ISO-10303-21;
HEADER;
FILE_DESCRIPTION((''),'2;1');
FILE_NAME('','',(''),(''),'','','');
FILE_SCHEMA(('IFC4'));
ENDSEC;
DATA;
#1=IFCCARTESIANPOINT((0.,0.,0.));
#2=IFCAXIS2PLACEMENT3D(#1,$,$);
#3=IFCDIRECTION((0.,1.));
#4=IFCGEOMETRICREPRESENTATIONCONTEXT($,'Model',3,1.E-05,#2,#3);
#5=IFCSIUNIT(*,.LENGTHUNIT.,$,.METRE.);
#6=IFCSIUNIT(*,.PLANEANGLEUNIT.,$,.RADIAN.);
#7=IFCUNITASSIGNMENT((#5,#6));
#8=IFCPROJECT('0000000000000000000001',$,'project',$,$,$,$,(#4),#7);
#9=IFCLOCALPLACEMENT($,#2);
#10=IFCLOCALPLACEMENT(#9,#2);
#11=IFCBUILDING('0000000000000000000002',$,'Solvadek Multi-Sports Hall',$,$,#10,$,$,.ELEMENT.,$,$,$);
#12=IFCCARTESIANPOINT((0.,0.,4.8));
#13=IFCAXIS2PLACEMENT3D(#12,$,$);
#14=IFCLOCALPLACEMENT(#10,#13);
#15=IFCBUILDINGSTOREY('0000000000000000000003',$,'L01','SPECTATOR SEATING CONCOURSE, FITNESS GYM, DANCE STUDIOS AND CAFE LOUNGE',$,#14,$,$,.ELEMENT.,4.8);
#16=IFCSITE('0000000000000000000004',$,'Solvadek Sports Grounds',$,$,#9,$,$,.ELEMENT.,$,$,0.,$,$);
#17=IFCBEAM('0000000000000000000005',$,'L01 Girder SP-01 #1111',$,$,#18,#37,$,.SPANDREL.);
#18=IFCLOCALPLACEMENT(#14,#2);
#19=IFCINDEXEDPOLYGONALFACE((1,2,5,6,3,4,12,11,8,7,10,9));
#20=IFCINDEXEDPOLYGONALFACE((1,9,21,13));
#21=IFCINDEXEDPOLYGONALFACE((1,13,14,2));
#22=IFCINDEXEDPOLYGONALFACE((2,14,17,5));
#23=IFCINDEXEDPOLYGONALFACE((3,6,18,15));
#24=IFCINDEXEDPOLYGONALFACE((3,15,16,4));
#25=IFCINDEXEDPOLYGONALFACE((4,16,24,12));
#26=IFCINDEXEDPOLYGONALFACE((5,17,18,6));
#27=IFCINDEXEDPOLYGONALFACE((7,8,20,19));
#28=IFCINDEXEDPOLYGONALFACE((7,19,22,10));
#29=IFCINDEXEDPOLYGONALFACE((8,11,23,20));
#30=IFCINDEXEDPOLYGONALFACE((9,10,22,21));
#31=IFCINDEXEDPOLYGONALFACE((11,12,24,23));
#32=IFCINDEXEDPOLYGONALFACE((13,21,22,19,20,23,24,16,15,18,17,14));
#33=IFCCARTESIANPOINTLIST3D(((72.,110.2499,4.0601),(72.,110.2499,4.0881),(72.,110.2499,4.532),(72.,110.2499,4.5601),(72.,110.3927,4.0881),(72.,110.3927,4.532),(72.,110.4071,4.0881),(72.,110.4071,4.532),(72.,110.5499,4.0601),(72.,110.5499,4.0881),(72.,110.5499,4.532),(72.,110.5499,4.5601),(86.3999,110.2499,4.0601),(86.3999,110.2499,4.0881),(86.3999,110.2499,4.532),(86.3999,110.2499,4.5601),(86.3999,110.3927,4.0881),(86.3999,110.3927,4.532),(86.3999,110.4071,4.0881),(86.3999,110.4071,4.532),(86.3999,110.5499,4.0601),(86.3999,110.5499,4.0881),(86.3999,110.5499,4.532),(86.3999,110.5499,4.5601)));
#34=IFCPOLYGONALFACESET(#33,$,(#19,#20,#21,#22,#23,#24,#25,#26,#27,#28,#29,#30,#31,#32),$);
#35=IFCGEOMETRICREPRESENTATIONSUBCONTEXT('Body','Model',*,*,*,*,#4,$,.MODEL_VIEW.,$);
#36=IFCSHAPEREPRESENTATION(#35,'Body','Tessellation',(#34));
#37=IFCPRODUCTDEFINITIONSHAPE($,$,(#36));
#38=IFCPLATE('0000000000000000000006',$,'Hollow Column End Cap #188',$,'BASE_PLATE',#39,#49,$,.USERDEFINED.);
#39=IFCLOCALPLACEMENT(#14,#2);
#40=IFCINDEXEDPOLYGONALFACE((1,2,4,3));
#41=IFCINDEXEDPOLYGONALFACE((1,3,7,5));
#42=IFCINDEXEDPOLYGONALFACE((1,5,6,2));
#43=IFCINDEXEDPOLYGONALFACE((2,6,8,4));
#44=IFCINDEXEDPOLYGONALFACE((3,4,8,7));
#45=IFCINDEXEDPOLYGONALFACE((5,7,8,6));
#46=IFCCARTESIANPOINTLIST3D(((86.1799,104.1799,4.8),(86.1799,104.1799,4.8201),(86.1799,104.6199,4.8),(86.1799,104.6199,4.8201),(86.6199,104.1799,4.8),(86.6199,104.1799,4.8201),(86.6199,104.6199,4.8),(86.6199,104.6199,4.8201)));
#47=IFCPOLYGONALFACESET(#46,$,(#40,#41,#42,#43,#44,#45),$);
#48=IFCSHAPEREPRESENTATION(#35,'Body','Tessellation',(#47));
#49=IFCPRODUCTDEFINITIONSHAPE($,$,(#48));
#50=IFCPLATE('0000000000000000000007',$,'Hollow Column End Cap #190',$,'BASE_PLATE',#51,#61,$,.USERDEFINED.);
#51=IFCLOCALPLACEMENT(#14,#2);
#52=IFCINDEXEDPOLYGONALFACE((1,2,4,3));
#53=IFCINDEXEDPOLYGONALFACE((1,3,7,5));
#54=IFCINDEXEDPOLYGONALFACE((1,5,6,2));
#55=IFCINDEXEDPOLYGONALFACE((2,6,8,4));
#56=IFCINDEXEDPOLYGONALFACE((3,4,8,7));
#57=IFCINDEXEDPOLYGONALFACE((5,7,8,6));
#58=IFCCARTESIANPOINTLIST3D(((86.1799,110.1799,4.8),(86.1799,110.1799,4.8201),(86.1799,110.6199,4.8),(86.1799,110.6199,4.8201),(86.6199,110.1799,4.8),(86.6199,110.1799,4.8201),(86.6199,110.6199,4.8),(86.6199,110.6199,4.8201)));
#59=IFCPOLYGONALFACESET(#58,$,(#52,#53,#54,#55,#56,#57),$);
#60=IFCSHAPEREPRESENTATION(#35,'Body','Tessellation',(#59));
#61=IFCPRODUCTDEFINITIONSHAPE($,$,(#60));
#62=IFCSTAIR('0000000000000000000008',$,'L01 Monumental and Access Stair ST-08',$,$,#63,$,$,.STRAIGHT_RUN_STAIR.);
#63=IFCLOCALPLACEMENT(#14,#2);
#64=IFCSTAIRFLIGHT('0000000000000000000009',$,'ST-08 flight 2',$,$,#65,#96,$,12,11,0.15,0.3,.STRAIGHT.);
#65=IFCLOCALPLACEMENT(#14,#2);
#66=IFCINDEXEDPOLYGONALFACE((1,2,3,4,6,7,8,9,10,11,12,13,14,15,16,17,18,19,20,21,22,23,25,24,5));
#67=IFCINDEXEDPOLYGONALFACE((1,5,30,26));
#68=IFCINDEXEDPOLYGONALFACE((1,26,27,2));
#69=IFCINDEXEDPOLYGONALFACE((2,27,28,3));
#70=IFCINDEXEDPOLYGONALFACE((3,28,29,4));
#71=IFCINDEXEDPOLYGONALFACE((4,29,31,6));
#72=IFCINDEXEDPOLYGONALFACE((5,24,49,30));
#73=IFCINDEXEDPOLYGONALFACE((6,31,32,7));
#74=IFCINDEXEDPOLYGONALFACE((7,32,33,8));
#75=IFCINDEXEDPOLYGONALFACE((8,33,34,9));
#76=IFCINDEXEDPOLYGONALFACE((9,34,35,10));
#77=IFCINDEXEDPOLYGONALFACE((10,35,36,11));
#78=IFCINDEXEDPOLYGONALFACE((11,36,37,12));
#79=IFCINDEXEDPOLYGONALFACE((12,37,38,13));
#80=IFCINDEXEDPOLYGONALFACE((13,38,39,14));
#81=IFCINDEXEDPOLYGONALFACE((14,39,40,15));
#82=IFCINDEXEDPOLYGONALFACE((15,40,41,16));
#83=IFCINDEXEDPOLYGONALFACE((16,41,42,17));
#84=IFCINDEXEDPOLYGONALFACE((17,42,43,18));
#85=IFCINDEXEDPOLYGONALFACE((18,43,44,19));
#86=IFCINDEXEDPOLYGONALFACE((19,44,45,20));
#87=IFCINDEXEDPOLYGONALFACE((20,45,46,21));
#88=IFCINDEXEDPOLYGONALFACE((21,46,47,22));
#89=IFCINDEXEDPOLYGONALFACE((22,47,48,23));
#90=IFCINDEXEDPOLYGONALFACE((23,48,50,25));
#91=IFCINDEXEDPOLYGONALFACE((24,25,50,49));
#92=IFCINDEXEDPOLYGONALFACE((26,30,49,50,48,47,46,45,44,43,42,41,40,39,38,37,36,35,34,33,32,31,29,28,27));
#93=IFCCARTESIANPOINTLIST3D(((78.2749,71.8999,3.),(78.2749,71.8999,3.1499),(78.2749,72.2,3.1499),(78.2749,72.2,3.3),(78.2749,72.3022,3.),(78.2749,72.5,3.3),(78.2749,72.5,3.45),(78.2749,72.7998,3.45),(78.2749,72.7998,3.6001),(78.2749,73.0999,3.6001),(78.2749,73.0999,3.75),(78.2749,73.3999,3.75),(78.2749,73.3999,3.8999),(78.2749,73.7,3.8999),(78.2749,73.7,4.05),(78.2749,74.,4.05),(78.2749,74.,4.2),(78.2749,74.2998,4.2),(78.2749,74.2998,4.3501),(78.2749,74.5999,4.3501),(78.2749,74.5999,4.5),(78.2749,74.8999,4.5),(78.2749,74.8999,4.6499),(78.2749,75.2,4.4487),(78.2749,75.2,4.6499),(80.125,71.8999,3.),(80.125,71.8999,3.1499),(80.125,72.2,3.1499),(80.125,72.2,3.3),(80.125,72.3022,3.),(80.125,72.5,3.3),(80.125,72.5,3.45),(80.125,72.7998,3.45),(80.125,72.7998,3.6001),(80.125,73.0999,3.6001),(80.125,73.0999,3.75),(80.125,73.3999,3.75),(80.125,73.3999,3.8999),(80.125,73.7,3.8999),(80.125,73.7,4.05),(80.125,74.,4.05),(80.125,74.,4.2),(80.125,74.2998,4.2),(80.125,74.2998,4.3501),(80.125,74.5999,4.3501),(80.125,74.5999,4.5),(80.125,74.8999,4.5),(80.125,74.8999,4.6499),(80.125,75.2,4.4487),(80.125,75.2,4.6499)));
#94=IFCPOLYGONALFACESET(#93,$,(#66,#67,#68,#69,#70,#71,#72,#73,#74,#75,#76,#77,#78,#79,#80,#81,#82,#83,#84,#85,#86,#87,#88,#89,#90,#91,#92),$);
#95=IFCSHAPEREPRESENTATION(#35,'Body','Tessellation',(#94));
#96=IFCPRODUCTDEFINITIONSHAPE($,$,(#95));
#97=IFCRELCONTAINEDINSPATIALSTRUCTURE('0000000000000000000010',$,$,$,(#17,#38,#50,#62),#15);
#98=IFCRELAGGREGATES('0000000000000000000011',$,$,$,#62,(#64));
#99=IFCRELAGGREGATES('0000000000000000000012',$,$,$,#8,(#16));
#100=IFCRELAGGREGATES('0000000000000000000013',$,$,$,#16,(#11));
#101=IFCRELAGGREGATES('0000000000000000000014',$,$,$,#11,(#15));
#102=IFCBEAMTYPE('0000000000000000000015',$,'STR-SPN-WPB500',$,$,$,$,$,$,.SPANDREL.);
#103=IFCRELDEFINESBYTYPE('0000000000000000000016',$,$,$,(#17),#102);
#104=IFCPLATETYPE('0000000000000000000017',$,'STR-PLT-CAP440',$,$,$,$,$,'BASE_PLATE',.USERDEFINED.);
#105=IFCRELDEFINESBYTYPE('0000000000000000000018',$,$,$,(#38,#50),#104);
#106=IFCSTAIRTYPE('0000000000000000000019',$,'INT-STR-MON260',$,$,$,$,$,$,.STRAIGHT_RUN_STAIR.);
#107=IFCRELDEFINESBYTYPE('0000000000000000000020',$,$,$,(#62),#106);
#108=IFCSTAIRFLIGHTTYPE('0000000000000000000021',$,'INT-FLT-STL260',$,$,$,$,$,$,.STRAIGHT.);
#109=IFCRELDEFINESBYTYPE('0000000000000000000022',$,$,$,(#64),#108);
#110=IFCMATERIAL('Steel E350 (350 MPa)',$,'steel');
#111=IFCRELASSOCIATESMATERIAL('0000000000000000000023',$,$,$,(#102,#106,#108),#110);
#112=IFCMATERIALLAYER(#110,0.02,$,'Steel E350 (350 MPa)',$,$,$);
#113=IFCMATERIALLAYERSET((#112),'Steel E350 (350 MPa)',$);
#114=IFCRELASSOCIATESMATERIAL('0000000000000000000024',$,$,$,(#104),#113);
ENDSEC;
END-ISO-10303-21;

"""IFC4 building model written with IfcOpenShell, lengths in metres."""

from ifc_helpers import new_model, si_unit, direction, frame, origin, origin_2d, place, context, subcontext, project, spatial, polyline, rectangle, i_section, outline, extrude, material, layer, layer_set, material_profile, profile_set, type_object, element, aggregate, save


model = new_model("IFC4")

# Units and contexts
model_context = context("Model", 3, precision=1e-05, world=origin(), true_north=direction((0.0, 1.0)))
body_context = subcontext(model_context, "Body", "Model", "MODEL_VIEW")
ifc_project = project(units=[si_unit("LENGTHUNIT", "METRE"), si_unit("PLANEANGLEUNIT", "RADIAN")], contexts=[model_context])

# Site, building, storey
site_placement = place(None, origin())
site = spatial("IfcSite", under=ifc_project, at=site_placement, Name="Solvadek Sports Grounds", CompositionType="ELEMENT", RefElevation=0.0)
building_placement = place(site_placement, origin())
building = spatial("IfcBuilding", under=site, at=building_placement, Name="Solvadek Multi-Sports Hall", CompositionType="ELEMENT")
storey_placement = place(building_placement, frame((0.0, 0.0, 4.8)))
storey = spatial("IfcBuildingStorey", under=building, at=storey_placement, Name="L01", Description="SPECTATOR SEATING CONCOURSE, FITNESS GYM, DANCE STUDIOS AND CAFE LOUNGE", CompositionType="ELEMENT", Elevation=4.8)

# Shared definitions
ifc_material_1 = material(Name="Steel E350 (350 MPa)", Category="steel")

# Beam
ifc_material_profile_1 = material_profile(ifc_material_1, i_section(OverallWidth=0.3, OverallDepth=0.5, WebThickness=0.0144, FlangeThickness=0.0281, at=origin_2d()), Name="WPB 500")
ifc_profile_set_1 = profile_set([ifc_material_profile_1], Name="Steel E350 (350 MPa)")
beam_type_1 = type_object("IfcBeamType", Name="STR-SPN-WPB500", PredefinedType="SPANDREL", material=ifc_profile_set_1)
beam_1_placement = place(storey_placement, frame((72.0, 110.3999, 4.3101), z_axis=(1.0, 0.0, 0.0), x_axis=(0.0, 1.0, 0.0)))
element("IfcBeam", 1, at=beam_1_placement, inside=storey, type_object=beam_type_1, Name="L01 Girder SP-01 #1111", PredefinedType="SPANDREL", context=body_context, shape_type="SweptSolid", body=[
    extrude(i_section(OverallWidth=0.3, OverallDepth=0.5, WebThickness=0.0144, FlangeThickness=0.0281, at=origin_2d()), origin(), (0.0, 0.0, 1.0), 14.3999),
])

# Plates
ifc_layer = layer(ifc_material_1, 0.02, Name="Steel E350 (350 MPa)")
ifc_layer_set = layer_set([ifc_layer], Name="Steel E350 (350 MPa)")
plate_type = type_object("IfcPlateType", Name="STR-PLT-CAP440", ElementType="BASE_PLATE", PredefinedType="USERDEFINED", material=ifc_layer_set)
for number, where, z_axis, x_axis, name in (
    (2, (86.3999, 104.3999, 4.8), (0.0, 0.0, 1.0), (1.0, 0.0, 0.0), "Hollow Column End Cap #188"),
    (3, (86.3999, 110.3999, 4.8), (0.0, 0.0, 1.0), (1.0, 0.0, 0.0), "Hollow Column End Cap #190"),
):
    element("IfcPlate", number, at=place(storey_placement, frame(where, z_axis=z_axis, x_axis=x_axis)), inside=storey, type_object=plate_type, Name=name, ObjectType="BASE_PLATE", PredefinedType="USERDEFINED", context=body_context, shape_type="SweptSolid", body=[
        extrude(rectangle(XDim=0.4399, YDim=0.4399, at=origin_2d()), origin(), (0.0, 0.0, 1.0), 0.02),
    ])

# Stair, stair flight
stair_type = type_object("IfcStairType", Name="INT-STR-MON260", PredefinedType="STRAIGHT_RUN_STAIR", material=ifc_material_1)
stair_placement = place(storey_placement, origin())
stair = element("IfcStair", 4, at=stair_placement, inside=storey, type_object=stair_type, Name="L01 Monumental and Access Stair ST-08", PredefinedType="STRAIGHT_RUN_STAIR")
stair_flight_type = type_object("IfcStairFlightType", Name="INT-FLT-STL260", PredefinedType="STRAIGHT", material=ifc_material_1)
stair_flight_placement = place(storey_placement, frame((79.2, 71.8999, 3.0), z_axis=(0.0, 0.0, 1.0), x_axis=(0.0, 1.0, 0.0)))
stair_flight = element("IfcStairFlight", 5, at=stair_flight_placement, type_object=stair_flight_type, Name="ST-08 flight 2", NumberOfRisers=12, NumberOfTreads=11, PredefinedType="STRAIGHT", RiserHeight=0.15, TreadLength=0.3, context=body_context, shape_type="SweptSolid", body=[
    extrude(outline(polyline([(0.0, 0.0), (0.0, 0.1499), (0.3, 0.1499), (0.3, 0.3), (0.6001, 0.3), (0.6001, 0.45), (0.8999, 0.45), (0.8999, 0.6001), (1.2, 0.6001), (1.2, 0.75), (1.5, 0.75), (1.5, 0.8999), (1.8, 0.8999), (1.8, 1.05), (2.1001, 1.05), (2.1001, 1.2), (2.3999, 1.2), (2.3999, 1.3501), (2.7, 1.3501), (2.7, 1.5), (3.0, 1.5), (3.0, 1.6499), (3.3, 1.6499), (3.3, 1.8), (3.3, 1.4487), (0.4023, 0.0), (0.0, 0.0)])), frame((0.0, 0.925, 0.0), z_axis=(0.0, -1.0, 0.0), x_axis=(1.0, 0.0, 0.0)), (0.0, 0.0, 1.0), 1.8501),
])
aggregate(stair, [stair_flight])

save(model, "model.ifc")
